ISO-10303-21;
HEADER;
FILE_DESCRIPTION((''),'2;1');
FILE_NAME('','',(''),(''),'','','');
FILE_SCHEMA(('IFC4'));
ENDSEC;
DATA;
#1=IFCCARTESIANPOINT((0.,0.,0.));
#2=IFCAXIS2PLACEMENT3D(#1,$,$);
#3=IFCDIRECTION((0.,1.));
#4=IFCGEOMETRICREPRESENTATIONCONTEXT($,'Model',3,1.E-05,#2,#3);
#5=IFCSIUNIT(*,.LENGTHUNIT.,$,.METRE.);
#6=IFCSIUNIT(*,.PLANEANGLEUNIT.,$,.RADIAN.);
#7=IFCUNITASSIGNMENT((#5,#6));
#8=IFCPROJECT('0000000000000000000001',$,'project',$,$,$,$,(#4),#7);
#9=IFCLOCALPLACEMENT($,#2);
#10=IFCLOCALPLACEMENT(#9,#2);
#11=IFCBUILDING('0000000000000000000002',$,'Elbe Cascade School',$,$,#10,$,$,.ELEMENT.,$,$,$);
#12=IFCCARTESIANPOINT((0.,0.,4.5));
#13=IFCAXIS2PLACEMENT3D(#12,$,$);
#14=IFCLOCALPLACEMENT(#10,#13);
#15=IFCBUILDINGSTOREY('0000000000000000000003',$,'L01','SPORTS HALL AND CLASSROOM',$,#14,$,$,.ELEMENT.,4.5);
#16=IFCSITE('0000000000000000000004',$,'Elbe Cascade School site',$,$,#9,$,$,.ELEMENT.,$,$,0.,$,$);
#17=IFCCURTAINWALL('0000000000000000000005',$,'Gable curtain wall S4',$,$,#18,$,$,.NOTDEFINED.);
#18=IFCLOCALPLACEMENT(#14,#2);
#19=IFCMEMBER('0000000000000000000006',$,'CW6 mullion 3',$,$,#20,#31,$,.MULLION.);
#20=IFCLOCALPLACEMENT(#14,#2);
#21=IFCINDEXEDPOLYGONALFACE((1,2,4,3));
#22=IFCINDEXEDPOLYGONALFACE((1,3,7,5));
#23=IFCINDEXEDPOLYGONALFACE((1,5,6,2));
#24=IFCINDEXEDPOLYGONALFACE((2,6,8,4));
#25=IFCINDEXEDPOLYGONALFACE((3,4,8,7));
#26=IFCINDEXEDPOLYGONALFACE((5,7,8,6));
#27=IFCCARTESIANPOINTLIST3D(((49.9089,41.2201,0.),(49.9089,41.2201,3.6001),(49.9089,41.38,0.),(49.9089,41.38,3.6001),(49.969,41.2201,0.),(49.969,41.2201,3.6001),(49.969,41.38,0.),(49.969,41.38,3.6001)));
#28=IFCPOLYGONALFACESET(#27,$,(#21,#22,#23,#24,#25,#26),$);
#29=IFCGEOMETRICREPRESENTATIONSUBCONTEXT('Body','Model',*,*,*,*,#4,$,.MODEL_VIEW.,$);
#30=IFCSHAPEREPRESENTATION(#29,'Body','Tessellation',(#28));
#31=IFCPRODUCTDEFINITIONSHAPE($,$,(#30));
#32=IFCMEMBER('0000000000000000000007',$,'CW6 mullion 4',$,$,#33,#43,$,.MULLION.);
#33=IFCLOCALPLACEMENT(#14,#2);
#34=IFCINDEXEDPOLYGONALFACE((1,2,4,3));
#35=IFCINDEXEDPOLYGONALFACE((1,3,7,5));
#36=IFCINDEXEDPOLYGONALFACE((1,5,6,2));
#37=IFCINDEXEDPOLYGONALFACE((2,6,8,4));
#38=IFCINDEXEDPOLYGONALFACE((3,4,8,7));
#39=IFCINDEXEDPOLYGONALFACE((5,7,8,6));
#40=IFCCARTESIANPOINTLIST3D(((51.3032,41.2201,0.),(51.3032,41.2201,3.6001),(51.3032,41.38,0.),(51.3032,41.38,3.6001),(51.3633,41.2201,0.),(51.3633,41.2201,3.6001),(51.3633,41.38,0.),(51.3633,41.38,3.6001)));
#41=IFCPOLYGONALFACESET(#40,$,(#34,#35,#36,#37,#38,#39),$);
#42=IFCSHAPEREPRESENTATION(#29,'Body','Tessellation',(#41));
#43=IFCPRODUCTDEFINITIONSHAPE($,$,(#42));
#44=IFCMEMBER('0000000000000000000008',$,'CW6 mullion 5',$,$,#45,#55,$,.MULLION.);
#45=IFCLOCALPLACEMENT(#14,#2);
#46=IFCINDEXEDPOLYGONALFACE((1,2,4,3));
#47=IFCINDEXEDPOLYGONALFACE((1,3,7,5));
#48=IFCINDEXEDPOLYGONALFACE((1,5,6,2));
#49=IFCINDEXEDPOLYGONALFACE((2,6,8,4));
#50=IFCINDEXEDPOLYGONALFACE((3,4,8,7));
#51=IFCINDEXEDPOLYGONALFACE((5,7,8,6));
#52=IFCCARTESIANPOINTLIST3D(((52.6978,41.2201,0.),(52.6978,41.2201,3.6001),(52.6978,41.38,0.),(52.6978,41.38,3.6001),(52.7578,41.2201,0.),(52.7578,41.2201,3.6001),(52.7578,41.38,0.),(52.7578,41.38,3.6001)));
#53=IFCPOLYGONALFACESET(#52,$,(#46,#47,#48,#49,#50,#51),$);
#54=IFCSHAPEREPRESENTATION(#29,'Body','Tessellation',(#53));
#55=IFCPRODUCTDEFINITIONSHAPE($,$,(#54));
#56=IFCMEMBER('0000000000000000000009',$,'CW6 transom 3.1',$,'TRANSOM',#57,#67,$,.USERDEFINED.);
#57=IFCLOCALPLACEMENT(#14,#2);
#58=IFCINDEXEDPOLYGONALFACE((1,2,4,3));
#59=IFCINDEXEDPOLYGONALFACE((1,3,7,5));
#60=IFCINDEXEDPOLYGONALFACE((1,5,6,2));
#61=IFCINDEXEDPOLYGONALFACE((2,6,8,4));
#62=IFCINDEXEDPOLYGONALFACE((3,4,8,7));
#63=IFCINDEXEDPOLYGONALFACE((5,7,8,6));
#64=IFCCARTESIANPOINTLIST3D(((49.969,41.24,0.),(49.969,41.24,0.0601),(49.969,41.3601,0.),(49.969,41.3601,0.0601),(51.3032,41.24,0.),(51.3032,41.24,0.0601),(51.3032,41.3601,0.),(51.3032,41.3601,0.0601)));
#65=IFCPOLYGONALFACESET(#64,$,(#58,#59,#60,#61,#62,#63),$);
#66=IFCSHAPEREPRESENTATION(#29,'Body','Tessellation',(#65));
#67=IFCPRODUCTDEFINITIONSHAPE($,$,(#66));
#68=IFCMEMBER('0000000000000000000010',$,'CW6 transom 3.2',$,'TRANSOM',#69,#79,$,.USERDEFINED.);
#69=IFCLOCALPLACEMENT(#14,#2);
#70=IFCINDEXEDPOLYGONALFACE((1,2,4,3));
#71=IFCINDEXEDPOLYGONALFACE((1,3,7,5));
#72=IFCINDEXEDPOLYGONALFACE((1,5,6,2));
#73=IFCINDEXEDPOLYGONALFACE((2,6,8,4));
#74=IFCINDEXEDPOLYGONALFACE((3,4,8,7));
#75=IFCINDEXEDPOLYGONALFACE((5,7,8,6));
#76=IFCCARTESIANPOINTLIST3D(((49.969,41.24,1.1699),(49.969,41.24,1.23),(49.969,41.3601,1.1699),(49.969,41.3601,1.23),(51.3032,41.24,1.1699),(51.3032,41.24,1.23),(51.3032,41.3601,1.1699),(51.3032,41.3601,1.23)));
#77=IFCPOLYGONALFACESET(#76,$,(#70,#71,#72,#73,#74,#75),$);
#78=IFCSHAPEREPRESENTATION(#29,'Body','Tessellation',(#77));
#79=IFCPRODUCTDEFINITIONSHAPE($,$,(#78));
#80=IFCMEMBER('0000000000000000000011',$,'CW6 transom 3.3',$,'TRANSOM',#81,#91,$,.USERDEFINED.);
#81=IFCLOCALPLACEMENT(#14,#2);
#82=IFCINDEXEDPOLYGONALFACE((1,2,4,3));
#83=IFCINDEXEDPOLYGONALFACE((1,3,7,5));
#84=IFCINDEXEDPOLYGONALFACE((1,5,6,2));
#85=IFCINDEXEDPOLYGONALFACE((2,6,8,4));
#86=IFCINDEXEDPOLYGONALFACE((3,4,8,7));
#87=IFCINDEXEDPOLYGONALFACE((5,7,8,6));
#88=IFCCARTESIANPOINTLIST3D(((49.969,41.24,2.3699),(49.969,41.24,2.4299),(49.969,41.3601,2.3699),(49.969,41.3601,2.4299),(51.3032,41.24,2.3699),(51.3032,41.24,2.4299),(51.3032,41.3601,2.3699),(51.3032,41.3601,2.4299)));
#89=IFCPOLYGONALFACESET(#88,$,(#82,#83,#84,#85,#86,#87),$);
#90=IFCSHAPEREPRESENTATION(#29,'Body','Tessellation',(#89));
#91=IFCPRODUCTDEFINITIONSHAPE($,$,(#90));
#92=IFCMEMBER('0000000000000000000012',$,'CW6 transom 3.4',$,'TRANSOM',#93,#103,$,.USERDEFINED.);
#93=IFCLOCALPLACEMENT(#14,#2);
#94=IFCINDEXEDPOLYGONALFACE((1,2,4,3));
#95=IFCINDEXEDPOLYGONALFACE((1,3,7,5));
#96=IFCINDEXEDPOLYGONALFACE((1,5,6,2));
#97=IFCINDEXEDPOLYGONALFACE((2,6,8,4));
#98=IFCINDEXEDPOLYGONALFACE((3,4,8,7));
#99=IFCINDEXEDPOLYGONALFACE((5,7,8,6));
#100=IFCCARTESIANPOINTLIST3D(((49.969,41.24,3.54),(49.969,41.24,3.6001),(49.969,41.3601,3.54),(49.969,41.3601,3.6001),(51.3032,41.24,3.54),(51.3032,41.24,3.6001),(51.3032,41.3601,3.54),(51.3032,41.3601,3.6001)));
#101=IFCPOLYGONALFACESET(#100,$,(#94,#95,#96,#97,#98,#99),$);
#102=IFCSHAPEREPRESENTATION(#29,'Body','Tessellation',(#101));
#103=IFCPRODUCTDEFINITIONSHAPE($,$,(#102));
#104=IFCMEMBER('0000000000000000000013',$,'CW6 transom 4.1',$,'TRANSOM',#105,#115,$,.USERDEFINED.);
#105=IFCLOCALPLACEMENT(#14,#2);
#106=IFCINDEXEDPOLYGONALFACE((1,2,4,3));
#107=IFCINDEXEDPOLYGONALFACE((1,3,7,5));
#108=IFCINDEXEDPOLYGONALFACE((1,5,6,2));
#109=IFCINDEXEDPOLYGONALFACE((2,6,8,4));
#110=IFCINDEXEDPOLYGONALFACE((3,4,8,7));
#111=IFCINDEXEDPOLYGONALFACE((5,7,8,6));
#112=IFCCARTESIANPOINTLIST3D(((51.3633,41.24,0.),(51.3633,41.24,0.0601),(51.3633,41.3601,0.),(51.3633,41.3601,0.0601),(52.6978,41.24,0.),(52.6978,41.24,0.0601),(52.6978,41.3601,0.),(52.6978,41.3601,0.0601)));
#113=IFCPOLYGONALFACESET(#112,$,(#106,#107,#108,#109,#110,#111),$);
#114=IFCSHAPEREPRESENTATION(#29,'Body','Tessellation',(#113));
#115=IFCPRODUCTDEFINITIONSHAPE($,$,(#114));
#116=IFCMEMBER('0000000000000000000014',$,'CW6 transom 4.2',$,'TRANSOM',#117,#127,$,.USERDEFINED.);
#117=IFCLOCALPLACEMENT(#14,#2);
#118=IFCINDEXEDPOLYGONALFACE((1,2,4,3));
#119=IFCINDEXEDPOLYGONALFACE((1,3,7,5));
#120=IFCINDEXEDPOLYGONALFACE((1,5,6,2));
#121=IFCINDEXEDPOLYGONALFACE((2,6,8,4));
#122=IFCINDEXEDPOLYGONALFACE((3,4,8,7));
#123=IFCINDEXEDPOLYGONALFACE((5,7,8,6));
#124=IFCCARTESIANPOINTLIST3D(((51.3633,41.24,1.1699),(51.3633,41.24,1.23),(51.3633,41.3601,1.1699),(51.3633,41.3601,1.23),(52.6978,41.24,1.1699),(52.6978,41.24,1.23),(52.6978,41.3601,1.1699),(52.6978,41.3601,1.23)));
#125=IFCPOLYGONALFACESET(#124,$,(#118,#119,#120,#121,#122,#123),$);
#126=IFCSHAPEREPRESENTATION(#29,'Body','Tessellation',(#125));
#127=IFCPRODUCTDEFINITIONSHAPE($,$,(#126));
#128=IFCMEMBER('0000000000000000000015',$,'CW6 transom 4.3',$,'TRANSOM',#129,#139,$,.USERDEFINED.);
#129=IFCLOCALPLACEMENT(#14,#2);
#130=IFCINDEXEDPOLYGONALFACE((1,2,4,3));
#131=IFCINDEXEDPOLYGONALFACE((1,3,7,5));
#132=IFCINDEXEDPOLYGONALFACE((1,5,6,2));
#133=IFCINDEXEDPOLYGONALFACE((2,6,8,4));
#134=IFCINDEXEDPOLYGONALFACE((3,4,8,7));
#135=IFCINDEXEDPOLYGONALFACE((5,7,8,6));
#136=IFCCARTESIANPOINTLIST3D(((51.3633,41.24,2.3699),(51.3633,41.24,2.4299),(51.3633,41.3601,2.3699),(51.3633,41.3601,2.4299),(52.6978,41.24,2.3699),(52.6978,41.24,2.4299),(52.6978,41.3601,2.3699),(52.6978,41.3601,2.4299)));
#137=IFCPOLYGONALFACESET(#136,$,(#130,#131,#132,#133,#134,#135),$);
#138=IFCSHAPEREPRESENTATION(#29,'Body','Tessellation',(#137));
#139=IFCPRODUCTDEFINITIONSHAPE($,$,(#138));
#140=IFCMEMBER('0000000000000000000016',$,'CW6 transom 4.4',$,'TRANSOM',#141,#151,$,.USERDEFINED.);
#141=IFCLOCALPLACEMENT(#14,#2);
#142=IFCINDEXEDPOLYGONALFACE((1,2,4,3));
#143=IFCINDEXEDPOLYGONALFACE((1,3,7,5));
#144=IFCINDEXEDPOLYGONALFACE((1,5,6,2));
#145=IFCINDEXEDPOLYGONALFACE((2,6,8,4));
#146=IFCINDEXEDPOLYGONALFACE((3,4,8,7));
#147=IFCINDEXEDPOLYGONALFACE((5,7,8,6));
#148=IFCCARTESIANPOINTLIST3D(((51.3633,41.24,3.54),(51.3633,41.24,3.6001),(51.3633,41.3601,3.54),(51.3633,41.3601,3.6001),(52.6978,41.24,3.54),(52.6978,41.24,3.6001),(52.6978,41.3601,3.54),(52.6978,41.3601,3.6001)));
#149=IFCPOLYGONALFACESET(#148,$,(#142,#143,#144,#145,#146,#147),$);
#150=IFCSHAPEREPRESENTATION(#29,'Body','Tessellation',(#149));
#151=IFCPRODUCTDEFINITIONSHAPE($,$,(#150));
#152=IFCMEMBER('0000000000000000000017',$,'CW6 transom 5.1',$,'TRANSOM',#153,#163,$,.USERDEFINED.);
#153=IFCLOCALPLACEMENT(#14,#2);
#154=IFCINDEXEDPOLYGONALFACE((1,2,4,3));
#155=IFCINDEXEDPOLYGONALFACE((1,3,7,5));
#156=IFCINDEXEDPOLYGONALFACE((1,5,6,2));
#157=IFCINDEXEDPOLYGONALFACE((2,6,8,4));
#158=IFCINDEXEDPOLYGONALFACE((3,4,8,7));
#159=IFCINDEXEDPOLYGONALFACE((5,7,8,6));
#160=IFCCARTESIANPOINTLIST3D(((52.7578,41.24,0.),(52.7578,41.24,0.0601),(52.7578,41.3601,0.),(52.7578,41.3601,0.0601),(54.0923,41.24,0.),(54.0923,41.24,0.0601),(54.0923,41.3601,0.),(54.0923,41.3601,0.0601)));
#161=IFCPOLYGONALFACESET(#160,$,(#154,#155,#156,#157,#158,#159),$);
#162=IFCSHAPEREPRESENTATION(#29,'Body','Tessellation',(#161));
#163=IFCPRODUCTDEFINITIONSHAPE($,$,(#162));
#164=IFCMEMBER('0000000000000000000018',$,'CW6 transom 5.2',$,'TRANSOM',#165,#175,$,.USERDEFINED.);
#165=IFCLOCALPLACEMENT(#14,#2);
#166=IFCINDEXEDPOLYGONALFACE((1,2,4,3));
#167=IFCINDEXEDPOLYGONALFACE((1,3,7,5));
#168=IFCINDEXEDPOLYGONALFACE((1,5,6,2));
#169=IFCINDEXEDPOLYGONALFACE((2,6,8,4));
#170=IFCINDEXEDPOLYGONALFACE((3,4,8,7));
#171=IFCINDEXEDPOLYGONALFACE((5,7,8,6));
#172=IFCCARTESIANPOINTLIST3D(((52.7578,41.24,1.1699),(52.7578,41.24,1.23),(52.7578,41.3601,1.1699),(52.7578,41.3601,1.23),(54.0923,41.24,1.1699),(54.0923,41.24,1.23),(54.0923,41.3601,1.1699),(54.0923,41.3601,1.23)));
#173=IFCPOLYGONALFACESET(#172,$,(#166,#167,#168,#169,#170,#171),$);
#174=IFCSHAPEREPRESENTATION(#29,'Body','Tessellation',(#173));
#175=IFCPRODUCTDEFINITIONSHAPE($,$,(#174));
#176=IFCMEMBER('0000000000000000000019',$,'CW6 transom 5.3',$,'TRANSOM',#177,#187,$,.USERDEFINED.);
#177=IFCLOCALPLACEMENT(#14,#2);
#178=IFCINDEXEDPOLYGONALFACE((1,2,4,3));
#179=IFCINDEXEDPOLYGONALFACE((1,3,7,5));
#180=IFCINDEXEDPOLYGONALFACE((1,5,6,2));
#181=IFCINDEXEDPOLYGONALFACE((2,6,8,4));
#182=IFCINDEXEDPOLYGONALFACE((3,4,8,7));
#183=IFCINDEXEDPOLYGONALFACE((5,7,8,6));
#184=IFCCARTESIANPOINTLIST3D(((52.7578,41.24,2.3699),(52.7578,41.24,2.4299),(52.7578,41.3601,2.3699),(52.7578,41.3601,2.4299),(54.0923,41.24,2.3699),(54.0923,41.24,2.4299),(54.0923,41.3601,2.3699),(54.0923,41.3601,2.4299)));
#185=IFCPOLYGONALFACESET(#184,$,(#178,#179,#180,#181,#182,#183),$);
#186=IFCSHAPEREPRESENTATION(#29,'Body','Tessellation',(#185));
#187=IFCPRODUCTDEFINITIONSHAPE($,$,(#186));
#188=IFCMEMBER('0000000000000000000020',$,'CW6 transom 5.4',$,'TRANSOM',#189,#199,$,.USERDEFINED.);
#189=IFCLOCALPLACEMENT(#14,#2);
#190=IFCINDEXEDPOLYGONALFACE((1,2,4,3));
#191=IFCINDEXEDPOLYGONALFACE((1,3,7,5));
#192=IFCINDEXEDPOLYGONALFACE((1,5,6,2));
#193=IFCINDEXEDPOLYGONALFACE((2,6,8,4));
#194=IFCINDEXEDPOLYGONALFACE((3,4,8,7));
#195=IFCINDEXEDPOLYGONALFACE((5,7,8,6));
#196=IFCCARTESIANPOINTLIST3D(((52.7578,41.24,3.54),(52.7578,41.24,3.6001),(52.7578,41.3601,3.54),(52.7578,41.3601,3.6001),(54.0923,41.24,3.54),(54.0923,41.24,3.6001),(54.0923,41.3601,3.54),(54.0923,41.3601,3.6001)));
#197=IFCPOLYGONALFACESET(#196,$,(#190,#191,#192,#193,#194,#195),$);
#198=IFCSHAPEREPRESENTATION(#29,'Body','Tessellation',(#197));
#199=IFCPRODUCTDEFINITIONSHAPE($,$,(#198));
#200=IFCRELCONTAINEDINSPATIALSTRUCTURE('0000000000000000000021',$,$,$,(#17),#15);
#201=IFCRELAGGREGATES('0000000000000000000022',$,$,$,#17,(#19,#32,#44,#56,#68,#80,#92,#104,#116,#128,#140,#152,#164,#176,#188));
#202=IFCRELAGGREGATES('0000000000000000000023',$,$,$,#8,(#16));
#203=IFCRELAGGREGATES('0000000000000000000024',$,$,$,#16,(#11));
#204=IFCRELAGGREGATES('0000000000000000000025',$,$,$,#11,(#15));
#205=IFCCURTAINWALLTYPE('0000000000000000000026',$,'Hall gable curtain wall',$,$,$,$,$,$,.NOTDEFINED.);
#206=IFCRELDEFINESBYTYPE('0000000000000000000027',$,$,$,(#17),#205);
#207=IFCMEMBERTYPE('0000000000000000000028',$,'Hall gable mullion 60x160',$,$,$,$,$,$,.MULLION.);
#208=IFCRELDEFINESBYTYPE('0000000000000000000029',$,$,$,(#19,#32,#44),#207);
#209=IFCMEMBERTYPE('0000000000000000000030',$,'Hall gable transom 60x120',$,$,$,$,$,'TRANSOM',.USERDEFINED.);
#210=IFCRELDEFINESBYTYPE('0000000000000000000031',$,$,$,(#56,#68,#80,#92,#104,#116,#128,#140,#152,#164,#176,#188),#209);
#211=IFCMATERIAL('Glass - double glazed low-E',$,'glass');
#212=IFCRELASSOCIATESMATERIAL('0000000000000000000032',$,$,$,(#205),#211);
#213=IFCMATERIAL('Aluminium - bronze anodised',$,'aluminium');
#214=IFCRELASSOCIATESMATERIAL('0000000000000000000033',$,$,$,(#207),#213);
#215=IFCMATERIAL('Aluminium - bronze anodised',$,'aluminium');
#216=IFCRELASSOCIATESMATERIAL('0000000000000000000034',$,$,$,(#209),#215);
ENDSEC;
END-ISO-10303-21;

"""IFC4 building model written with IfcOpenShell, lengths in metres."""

from ifc_helpers import new_model, si_unit, direction, frame, origin, origin_2d, place, context, subcontext, project, spatial, rectangle, extrude, material, material_profile, profile_set, type_object, element, aggregate, save


model = new_model("IFC4")

# Units and contexts
model_context = context("Model", 3, precision=1e-05, world=origin(), true_north=direction((0.0, 1.0)))
body_context = subcontext(model_context, "Body", "Model", "MODEL_VIEW")
ifc_project = project(units=[si_unit("LENGTHUNIT", "METRE"), si_unit("PLANEANGLEUNIT", "RADIAN")], contexts=[model_context])

# Site, building, storey
site_placement = place(None, origin())
site = spatial("IfcSite", under=ifc_project, at=site_placement, Name="Elbe Cascade School site", CompositionType="ELEMENT", RefElevation=0.0)
building_placement = place(site_placement, origin())
building = spatial("IfcBuilding", under=site, at=building_placement, Name="Elbe Cascade School", CompositionType="ELEMENT")
storey_placement = place(building_placement, frame((0.0, 0.0, 4.5)))
storey = spatial("IfcBuildingStorey", under=building, at=storey_placement, Name="L01", Description="SPORTS HALL AND CLASSROOM", CompositionType="ELEMENT", Elevation=4.5)

# Curtain wall, members
ifc_material_1 = material(Name="Glass - double glazed low-E", Category="glass")
curtain_wall_type = type_object("IfcCurtainWallType", Name="Hall gable curtain wall", PredefinedType="NOTDEFINED", material=ifc_material_1)
curtain_wall_placement = place(storey_placement, origin())
curtain_wall = element("IfcCurtainWall", 1, at=curtain_wall_placement, inside=storey, type_object=curtain_wall_type, Name="Gable curtain wall S4", PredefinedType="NOTDEFINED")
ifc_material_2 = material(Name="Aluminium - bronze anodised", Category="aluminium")
ifc_material_profile_1 = material_profile(ifc_material_2, rectangle(XDim=0.1599, YDim=0.0601, at=origin_2d()), Name="Alu 60x160")
ifc_profile_set_1 = profile_set([ifc_material_profile_1], Name="Aluminium - bronze anodised")
member_type_1 = type_object("IfcMemberType", Name="Hall gable mullion 60x160", PredefinedType="MULLION", material=ifc_profile_set_1)
member_1_placement = place(storey_placement, frame((49.939, 41.3, 0.0), z_axis=(0.0, 0.0, 1.0), x_axis=(0.0, 1.0, 0.0)))
member_1 = element("IfcMember", 2, at=member_1_placement, type_object=member_type_1, Name="CW6 mullion 3", PredefinedType="MULLION", context=body_context, shape_type="SweptSolid", body=[
    extrude(rectangle(XDim=0.1599, YDim=0.0601, at=origin_2d()), origin(), (0.0, 0.0, 1.0), 3.6001),
])
member_2_placement = place(storey_placement, frame((51.3333, 41.3, 0.0), z_axis=(0.0, 0.0, 1.0), x_axis=(0.0, 1.0, 0.0)))
member_2 = element("IfcMember", 3, at=member_2_placement, type_object=member_type_1, Name="CW6 mullion 4", PredefinedType="MULLION", context=body_context, shape_type="SweptSolid", body=[
    extrude(rectangle(XDim=0.1599, YDim=0.0601, at=origin_2d()), origin(), (0.0, 0.0, 1.0), 3.6001),
])
member_3_placement = place(storey_placement, frame((52.7278, 41.3, 0.0), z_axis=(0.0, 0.0, 1.0), x_axis=(0.0, 1.0, 0.0)))
member_3 = element("IfcMember", 4, at=member_3_placement, type_object=member_type_1, Name="CW6 mullion 5", PredefinedType="MULLION", context=body_context, shape_type="SweptSolid", body=[
    extrude(rectangle(XDim=0.1599, YDim=0.0601, at=origin_2d()), origin(), (0.0, 0.0, 1.0), 3.6001),
])
ifc_material_3 = material(Name="Aluminium - bronze anodised", Category="aluminium")
ifc_material_profile_2 = material_profile(ifc_material_3, rectangle(XDim=0.1201, YDim=0.0601, at=origin_2d()), Name="Alu 60x120")
ifc_profile_set_2 = profile_set([ifc_material_profile_2], Name="Aluminium - bronze anodised")
member_type_2 = type_object("IfcMemberType", Name="Hall gable transom 60x120", ElementType="TRANSOM", PredefinedType="USERDEFINED", material=ifc_profile_set_2)
member_4_placement = place(storey_placement, frame((49.969, 41.3, 0.03), z_axis=(1.0, 0.0, 0.0), x_axis=(0.0, 1.0, 0.0)))
member_4 = element("IfcMember", 5, at=member_4_placement, type_object=member_type_2, Name="CW6 transom 3.1", ObjectType="TRANSOM", PredefinedType="USERDEFINED", context=body_context, shape_type="SweptSolid", body=[
    extrude(rectangle(XDim=0.1201, YDim=0.0601, at=origin_2d()), origin(), (0.0, 0.0, 1.0), 1.3342),
])
member_5_placement = place(storey_placement, frame((49.969, 41.3, 1.2), z_axis=(1.0, 0.0, 0.0), x_axis=(0.0, 1.0, 0.0)))
member_5 = element("IfcMember", 6, at=member_5_placement, type_object=member_type_2, Name="CW6 transom 3.2", ObjectType="TRANSOM", PredefinedType="USERDEFINED", context=body_context, shape_type="SweptSolid", body=[
    extrude(rectangle(XDim=0.1201, YDim=0.0601, at=origin_2d()), origin(), (0.0, 0.0, 1.0), 1.3342),
])
member_6_placement = place(storey_placement, frame((49.969, 41.3, 2.3999), z_axis=(1.0, 0.0, 0.0), x_axis=(0.0, 1.0, 0.0)))
member_6 = element("IfcMember", 7, at=member_6_placement, type_object=member_type_2, Name="CW6 transom 3.3", ObjectType="TRANSOM", PredefinedType="USERDEFINED", context=body_context, shape_type="SweptSolid", body=[
    extrude(rectangle(XDim=0.1201, YDim=0.0601, at=origin_2d()), origin(), (0.0, 0.0, 1.0), 1.3342),
])
member_7_placement = place(storey_placement, frame((49.969, 41.3, 3.5701), z_axis=(1.0, 0.0, 0.0), x_axis=(0.0, 1.0, 0.0)))
member_7 = element("IfcMember", 8, at=member_7_placement, type_object=member_type_2, Name="CW6 transom 3.4", ObjectType="TRANSOM", PredefinedType="USERDEFINED", context=body_context, shape_type="SweptSolid", body=[
    extrude(rectangle(XDim=0.1201, YDim=0.0601, at=origin_2d()), origin(), (0.0, 0.0, 1.0), 1.3342),
])
member_8_placement = place(storey_placement, frame((51.3633, 41.3, 0.03), z_axis=(1.0, 0.0, 0.0), x_axis=(0.0, 1.0, 0.0)))
member_8 = element("IfcMember", 9, at=member_8_placement, type_object=member_type_2, Name="CW6 transom 4.1", ObjectType="TRANSOM", PredefinedType="USERDEFINED", context=body_context, shape_type="SweptSolid", body=[
    extrude(rectangle(XDim=0.1201, YDim=0.0601, at=origin_2d()), origin(), (0.0, 0.0, 1.0), 1.3345),
])
member_9_placement = place(storey_placement, frame((51.3633, 41.3, 1.2), z_axis=(1.0, 0.0, 0.0), x_axis=(0.0, 1.0, 0.0)))
member_9 = element("IfcMember", 10, at=member_9_placement, type_object=member_type_2, Name="CW6 transom 4.2", ObjectType="TRANSOM", PredefinedType="USERDEFINED", context=body_context, shape_type="SweptSolid", body=[
    extrude(rectangle(XDim=0.1201, YDim=0.0601, at=origin_2d()), origin(), (0.0, 0.0, 1.0), 1.3345),
])
member_10_placement = place(storey_placement, frame((51.3633, 41.3, 2.3999), z_axis=(1.0, 0.0, 0.0), x_axis=(0.0, 1.0, 0.0)))
member_10 = element("IfcMember", 11, at=member_10_placement, type_object=member_type_2, Name="CW6 transom 4.3", ObjectType="TRANSOM", PredefinedType="USERDEFINED", context=body_context, shape_type="SweptSolid", body=[
    extrude(rectangle(XDim=0.1201, YDim=0.0601, at=origin_2d()), origin(), (0.0, 0.0, 1.0), 1.3345),
])
member_11_placement = place(storey_placement, frame((51.3633, 41.3, 3.5701), z_axis=(1.0, 0.0, 0.0), x_axis=(0.0, 1.0, 0.0)))
member_11 = element("IfcMember", 12, at=member_11_placement, type_object=member_type_2, Name="CW6 transom 4.4", ObjectType="TRANSOM", PredefinedType="USERDEFINED", context=body_context, shape_type="SweptSolid", body=[
    extrude(rectangle(XDim=0.1201, YDim=0.0601, at=origin_2d()), origin(), (0.0, 0.0, 1.0), 1.3345),
])
member_12_placement = place(storey_placement, frame((52.7578, 41.3, 0.03), z_axis=(1.0, 0.0, 0.0), x_axis=(0.0, 1.0, 0.0)))
member_12 = element("IfcMember", 13, at=member_12_placement, type_object=member_type_2, Name="CW6 transom 5.1", ObjectType="TRANSOM", PredefinedType="USERDEFINED", context=body_context, shape_type="SweptSolid", body=[
    extrude(rectangle(XDim=0.1201, YDim=0.0601, at=origin_2d()), origin(), (0.0, 0.0, 1.0), 1.3345),
])
member_13_placement = place(storey_placement, frame((52.7578, 41.3, 1.2), z_axis=(1.0, 0.0, 0.0), x_axis=(0.0, 1.0, 0.0)))
member_13 = element("IfcMember", 14, at=member_13_placement, type_object=member_type_2, Name="CW6 transom 5.2", ObjectType="TRANSOM", PredefinedType="USERDEFINED", context=body_context, shape_type="SweptSolid", body=[
    extrude(rectangle(XDim=0.1201, YDim=0.0601, at=origin_2d()), origin(), (0.0, 0.0, 1.0), 1.3345),
])
member_14_placement = place(storey_placement, frame((52.7578, 41.3, 2.3999), z_axis=(1.0, 0.0, 0.0), x_axis=(0.0, 1.0, 0.0)))
member_14 = element("IfcMember", 15, at=member_14_placement, type_object=member_type_2, Name="CW6 transom 5.3", ObjectType="TRANSOM", PredefinedType="USERDEFINED", context=body_context, shape_type="SweptSolid", body=[
    extrude(rectangle(XDim=0.1201, YDim=0.0601, at=origin_2d()), origin(), (0.0, 0.0, 1.0), 1.3345),
])
member_15_placement = place(storey_placement, frame((52.7578, 41.3, 3.5701), z_axis=(1.0, 0.0, 0.0), x_axis=(0.0, 1.0, 0.0)))
member_15 = element("IfcMember", 16, at=member_15_placement, type_object=member_type_2, Name="CW6 transom 5.4", ObjectType="TRANSOM", PredefinedType="USERDEFINED", context=body_context, shape_type="SweptSolid", body=[
    extrude(rectangle(XDim=0.1201, YDim=0.0601, at=origin_2d()), origin(), (0.0, 0.0, 1.0), 1.3345),
])
aggregate(curtain_wall, [member_1, member_2, member_3, member_4, member_5, member_6, member_7, member_8, member_9, member_10, member_11, member_12, member_13, member_14, member_15])

save(model, "model.ifc")
